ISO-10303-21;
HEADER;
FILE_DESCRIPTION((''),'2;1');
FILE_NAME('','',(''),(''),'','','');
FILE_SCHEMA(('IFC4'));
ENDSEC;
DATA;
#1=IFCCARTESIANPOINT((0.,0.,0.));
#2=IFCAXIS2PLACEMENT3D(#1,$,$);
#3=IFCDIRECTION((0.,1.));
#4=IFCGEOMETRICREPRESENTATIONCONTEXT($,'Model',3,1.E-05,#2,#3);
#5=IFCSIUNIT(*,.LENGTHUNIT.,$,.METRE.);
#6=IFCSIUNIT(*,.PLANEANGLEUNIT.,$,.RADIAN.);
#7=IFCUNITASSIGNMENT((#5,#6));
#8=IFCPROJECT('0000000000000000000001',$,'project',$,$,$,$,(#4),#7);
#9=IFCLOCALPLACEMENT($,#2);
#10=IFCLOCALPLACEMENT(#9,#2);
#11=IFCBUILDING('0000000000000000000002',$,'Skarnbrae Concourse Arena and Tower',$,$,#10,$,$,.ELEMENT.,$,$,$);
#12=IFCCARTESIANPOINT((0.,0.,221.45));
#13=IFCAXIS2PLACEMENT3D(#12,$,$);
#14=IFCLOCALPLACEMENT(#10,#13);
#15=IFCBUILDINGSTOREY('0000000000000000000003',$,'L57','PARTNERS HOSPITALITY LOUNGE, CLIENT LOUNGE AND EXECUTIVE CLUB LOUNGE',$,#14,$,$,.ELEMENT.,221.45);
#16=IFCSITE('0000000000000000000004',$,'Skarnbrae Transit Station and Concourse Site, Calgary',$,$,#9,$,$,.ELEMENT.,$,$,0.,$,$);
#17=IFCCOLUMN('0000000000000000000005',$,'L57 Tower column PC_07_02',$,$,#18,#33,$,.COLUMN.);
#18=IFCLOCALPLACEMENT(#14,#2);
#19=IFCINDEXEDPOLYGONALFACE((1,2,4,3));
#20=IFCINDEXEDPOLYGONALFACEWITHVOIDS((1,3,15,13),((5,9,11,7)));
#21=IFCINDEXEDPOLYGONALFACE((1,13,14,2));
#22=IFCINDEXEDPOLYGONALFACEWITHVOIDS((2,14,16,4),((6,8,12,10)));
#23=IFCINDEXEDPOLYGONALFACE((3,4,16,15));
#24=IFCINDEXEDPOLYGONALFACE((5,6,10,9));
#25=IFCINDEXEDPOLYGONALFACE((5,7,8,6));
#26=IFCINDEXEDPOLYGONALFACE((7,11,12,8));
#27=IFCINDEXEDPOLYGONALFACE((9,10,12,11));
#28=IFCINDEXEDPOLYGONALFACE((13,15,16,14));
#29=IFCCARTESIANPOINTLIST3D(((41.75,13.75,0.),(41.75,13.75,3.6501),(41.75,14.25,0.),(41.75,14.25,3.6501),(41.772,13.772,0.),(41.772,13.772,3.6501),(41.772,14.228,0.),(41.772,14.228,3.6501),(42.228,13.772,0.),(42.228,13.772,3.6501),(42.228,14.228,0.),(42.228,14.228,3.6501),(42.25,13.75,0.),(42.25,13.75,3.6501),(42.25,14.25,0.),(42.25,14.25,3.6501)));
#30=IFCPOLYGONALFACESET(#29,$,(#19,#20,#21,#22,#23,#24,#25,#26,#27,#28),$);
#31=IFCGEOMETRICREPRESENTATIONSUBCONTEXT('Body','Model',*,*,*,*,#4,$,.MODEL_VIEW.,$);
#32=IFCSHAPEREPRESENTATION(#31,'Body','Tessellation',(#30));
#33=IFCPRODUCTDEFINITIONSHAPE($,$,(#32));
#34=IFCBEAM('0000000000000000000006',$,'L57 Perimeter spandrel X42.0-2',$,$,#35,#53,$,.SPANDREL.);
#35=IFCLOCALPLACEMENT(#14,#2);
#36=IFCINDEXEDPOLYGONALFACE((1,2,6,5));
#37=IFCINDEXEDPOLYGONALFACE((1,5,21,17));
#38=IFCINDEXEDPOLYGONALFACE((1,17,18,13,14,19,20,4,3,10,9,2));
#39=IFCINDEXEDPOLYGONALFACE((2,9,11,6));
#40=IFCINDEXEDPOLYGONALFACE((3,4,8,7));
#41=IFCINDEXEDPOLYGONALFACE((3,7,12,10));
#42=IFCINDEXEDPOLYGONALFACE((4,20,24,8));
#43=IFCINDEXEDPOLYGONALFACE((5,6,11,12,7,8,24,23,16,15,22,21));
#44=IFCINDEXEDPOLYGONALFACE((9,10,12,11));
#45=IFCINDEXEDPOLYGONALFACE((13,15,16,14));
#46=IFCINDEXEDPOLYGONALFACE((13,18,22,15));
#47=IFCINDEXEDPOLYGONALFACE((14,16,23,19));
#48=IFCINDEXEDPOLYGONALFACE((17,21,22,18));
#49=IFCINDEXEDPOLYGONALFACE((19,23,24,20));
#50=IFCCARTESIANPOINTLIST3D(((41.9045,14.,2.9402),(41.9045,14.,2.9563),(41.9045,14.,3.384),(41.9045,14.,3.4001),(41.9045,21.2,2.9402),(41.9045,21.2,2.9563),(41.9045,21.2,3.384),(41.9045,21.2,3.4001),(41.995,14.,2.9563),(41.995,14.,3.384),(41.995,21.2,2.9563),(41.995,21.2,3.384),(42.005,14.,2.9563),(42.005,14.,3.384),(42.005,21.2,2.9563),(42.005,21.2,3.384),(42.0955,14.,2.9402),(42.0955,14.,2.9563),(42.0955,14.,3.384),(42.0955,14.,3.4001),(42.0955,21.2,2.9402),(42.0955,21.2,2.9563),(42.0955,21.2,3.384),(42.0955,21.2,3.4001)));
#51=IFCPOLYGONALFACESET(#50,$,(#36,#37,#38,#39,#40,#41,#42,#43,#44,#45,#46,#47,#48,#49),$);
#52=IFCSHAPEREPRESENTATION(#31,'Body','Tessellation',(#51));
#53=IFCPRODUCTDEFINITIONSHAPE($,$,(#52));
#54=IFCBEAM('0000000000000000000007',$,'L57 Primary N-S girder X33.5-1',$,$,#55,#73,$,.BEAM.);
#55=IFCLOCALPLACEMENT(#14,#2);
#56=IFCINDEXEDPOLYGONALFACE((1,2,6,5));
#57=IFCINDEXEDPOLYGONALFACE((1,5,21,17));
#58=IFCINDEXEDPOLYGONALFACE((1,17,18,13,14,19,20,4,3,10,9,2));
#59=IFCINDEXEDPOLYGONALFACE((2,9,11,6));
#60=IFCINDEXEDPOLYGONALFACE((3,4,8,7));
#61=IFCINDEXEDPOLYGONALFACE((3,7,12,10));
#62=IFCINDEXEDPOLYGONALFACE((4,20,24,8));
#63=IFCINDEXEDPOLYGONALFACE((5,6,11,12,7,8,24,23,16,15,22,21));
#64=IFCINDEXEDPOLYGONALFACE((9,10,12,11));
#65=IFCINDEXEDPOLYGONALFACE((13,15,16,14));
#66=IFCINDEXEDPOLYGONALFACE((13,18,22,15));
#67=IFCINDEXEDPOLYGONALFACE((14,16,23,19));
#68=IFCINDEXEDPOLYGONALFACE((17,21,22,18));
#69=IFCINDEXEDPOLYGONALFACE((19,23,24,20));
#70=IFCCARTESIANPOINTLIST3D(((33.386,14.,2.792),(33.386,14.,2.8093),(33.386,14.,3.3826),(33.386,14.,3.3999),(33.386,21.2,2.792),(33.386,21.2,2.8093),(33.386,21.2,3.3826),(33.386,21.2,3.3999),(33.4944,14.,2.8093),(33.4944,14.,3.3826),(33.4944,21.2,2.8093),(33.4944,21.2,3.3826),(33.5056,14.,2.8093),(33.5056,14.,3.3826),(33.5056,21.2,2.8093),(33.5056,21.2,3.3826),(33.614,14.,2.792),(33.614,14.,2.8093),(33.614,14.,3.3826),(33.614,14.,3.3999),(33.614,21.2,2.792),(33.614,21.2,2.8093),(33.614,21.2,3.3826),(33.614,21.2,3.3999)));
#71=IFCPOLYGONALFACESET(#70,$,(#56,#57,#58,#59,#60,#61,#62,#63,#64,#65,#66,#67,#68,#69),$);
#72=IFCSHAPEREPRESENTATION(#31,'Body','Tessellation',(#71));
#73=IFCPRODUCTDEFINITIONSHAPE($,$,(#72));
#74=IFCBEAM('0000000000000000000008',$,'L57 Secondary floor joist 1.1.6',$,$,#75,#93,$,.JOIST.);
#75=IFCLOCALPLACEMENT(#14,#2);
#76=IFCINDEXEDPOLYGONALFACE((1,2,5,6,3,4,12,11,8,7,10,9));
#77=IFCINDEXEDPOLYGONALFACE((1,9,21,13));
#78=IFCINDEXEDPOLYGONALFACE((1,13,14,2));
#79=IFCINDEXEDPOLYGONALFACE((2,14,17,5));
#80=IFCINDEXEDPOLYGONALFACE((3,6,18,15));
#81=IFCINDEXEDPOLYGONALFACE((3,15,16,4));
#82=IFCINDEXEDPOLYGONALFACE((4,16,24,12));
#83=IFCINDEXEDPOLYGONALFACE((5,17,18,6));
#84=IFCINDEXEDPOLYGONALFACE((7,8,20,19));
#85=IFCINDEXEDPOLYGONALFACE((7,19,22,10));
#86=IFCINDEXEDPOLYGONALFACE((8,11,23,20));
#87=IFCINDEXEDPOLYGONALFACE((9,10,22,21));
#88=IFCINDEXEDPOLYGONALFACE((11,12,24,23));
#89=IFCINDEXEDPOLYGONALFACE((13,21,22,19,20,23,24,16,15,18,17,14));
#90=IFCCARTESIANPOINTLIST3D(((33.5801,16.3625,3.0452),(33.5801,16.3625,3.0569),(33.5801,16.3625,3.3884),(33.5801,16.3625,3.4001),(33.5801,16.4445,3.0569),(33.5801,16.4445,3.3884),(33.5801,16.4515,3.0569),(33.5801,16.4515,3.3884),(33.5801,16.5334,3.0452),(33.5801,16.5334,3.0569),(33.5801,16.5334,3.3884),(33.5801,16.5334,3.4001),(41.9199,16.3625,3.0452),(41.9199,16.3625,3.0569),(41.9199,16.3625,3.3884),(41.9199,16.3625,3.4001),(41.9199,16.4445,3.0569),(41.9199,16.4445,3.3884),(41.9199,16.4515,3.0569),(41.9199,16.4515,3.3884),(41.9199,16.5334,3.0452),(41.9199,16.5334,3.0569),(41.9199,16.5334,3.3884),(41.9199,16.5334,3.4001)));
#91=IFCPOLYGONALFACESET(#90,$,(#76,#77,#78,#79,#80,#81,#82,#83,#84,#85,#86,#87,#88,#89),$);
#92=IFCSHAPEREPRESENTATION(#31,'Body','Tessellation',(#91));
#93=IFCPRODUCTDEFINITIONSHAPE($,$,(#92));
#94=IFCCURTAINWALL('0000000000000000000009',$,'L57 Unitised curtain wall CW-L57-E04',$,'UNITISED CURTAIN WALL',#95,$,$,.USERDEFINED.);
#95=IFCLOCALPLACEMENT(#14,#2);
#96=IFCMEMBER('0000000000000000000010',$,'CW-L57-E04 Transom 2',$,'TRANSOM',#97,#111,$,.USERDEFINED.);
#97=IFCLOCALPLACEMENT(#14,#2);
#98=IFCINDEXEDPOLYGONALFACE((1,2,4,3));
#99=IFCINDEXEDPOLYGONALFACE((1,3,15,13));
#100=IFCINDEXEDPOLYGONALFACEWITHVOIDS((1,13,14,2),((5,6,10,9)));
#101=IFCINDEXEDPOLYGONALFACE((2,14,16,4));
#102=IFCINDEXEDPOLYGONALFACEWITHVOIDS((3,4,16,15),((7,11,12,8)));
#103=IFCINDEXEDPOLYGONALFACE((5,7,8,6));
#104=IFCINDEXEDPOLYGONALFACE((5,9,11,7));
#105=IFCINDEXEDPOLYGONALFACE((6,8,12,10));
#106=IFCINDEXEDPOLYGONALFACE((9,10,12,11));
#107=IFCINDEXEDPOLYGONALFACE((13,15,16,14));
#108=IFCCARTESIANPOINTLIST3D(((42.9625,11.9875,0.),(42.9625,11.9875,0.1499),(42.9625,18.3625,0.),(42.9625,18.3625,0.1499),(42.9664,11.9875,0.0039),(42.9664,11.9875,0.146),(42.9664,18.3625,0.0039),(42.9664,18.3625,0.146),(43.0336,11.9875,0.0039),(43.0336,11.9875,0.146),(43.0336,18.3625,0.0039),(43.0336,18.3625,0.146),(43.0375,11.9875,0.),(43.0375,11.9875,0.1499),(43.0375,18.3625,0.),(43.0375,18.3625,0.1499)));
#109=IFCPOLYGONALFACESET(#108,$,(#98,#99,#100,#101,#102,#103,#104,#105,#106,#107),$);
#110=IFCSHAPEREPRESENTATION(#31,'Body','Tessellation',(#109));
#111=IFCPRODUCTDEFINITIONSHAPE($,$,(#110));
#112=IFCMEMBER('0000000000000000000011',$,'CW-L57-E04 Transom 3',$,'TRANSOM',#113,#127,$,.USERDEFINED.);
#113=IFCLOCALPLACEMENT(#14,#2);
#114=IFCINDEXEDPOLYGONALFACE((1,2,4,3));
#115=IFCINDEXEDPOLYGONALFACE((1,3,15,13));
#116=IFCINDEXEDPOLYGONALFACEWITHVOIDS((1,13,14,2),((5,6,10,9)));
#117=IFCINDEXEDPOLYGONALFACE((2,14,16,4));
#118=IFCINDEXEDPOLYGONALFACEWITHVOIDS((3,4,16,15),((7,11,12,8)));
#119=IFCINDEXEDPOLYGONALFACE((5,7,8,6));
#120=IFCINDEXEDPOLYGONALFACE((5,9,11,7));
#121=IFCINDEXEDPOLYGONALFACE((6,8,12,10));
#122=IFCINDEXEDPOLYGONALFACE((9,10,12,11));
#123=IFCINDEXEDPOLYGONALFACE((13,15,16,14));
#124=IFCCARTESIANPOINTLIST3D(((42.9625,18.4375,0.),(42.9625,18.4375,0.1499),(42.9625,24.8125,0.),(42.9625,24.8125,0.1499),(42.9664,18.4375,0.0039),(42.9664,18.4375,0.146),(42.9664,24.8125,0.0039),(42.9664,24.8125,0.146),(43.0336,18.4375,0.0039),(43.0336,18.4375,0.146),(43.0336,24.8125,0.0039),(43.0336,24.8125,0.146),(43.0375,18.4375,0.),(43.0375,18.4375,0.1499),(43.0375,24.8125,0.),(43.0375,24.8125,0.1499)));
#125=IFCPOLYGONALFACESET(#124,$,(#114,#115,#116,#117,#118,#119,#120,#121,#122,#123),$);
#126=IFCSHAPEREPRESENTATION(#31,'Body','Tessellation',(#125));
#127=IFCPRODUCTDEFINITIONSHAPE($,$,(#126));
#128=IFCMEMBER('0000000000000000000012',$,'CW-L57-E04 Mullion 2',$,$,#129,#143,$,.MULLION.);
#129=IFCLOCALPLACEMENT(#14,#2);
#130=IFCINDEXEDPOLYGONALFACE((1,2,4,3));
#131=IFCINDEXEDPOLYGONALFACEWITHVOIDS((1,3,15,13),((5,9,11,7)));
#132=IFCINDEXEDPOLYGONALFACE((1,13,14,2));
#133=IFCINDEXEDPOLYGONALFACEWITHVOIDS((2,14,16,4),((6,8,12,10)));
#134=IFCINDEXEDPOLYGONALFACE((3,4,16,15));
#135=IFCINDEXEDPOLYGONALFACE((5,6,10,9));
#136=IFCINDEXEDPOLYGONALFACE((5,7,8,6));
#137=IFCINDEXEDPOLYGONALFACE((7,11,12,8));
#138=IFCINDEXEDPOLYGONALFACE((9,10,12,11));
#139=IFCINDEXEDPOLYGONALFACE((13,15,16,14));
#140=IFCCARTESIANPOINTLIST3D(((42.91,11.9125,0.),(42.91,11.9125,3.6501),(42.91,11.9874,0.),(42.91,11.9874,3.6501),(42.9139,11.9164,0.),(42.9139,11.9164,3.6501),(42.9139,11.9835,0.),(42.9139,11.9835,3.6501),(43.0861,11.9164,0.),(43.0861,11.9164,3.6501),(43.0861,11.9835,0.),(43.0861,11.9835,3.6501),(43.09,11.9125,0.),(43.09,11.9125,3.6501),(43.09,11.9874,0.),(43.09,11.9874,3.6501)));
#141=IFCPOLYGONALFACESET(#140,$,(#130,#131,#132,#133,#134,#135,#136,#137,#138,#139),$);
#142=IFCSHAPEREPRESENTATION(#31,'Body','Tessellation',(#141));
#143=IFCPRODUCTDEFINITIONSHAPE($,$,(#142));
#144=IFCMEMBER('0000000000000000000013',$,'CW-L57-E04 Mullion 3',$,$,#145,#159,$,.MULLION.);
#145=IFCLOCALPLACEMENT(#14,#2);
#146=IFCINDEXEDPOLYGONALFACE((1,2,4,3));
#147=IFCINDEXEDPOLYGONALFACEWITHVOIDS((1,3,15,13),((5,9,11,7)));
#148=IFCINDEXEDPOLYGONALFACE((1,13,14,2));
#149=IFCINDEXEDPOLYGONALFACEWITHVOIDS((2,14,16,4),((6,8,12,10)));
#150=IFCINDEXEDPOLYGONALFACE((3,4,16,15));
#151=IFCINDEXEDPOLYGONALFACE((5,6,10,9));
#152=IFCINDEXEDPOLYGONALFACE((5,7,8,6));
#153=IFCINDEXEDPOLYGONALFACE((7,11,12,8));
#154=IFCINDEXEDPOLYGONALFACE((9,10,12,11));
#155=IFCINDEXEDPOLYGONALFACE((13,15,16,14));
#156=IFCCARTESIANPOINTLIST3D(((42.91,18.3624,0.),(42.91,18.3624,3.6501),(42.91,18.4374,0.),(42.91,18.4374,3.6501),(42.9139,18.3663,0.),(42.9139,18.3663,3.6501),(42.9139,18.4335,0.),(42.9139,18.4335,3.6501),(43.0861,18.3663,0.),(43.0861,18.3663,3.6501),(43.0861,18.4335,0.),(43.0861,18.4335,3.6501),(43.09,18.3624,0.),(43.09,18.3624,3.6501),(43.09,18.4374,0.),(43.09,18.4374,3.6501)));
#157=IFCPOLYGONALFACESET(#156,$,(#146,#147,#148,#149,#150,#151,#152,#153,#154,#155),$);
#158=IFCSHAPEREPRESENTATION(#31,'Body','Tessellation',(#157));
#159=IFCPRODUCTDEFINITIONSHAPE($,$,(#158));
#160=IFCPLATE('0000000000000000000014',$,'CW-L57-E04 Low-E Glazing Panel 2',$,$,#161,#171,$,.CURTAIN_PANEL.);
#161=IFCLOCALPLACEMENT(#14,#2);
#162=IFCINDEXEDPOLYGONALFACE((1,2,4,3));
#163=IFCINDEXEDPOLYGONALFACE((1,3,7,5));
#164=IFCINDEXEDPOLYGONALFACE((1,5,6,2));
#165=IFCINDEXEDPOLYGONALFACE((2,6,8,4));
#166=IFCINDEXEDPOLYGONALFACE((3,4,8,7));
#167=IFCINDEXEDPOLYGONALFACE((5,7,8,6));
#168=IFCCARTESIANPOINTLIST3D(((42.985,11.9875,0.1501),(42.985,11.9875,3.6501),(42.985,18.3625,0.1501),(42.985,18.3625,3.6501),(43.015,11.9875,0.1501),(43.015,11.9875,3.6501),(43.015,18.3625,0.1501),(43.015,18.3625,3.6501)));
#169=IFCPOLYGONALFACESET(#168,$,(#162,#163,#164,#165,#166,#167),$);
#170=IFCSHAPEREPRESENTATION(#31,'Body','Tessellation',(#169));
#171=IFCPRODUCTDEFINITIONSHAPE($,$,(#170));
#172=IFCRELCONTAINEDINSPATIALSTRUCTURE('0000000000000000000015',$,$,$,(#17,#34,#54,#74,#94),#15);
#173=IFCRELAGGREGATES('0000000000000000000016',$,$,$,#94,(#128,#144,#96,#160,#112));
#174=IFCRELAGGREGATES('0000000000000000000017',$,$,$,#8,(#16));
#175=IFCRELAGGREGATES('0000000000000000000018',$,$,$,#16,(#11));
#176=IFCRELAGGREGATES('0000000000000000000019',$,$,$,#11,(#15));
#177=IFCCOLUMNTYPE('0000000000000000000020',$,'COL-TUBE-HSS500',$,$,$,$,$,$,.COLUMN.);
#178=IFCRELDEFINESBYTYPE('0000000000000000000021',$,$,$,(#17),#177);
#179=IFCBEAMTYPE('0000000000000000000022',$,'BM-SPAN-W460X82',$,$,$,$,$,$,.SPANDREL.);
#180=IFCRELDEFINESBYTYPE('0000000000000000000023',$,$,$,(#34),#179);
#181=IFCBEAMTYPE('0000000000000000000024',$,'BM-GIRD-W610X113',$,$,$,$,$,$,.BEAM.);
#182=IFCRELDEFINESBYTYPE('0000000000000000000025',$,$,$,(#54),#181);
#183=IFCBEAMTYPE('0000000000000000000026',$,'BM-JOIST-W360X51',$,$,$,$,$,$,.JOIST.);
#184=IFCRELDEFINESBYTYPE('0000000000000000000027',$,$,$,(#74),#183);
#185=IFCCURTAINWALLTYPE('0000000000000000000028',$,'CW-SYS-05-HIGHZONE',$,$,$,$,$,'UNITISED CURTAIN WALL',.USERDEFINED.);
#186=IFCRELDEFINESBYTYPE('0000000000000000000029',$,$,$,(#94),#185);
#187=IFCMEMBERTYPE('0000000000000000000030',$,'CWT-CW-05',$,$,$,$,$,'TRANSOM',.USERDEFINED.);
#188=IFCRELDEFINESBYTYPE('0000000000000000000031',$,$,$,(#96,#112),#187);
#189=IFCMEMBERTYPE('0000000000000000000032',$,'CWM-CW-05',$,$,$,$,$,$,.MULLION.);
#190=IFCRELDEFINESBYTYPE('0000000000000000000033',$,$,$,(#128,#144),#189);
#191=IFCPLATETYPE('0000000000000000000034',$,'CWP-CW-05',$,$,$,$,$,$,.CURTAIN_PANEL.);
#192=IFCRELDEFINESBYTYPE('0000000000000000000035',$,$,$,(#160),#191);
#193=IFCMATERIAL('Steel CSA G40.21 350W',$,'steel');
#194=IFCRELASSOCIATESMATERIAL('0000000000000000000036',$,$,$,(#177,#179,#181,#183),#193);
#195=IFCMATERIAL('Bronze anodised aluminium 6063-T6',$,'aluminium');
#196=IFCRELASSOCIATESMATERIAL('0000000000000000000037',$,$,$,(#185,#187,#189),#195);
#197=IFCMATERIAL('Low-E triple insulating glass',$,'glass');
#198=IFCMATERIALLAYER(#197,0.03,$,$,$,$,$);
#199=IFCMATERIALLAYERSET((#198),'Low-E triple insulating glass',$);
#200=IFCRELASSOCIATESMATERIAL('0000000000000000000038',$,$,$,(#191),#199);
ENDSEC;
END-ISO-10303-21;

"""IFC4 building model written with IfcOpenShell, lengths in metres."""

from ifc_helpers import new_model, si_unit, direction, frame, origin, origin_2d, place, context, subcontext, project, spatial, rectangle, hollow_rectangle, i_section, extrude, source, transform, mapped, material, layer, layer_set, material_profile, profile_set, type_object, element, aggregate, save


model = new_model("IFC4")

# Units and contexts
model_context = context("Model", 3, precision=1e-05, world=origin(), true_north=direction((0.0, 1.0)))
body_context = subcontext(model_context, "Body", "Model", "MODEL_VIEW")
ifc_project = project(units=[si_unit("LENGTHUNIT", "METRE"), si_unit("PLANEANGLEUNIT", "RADIAN")], contexts=[model_context])

# Site, building, storey
site_placement = place(None, origin())
site = spatial("IfcSite", under=ifc_project, at=site_placement, Name="Skarnbrae Transit Station and Concourse Site, Calgary", CompositionType="ELEMENT", RefElevation=0.0)
building_placement = place(site_placement, origin())
building = spatial("IfcBuilding", under=site, at=building_placement, Name="Skarnbrae Concourse Arena and Tower", CompositionType="ELEMENT")
storey_placement = place(building_placement, frame((0.0, 0.0, 221.45)))
storey = spatial("IfcBuildingStorey", under=building, at=storey_placement, Name="L57", Description="PARTNERS HOSPITALITY LOUNGE, CLIENT LOUNGE AND EXECUTIVE CLUB LOUNGE", CompositionType="ELEMENT", Elevation=221.45)

# Column
ifc_material_1 = material(Name="Steel CSA G40.21 350W", Category="steel")
ifc_material_profile_1 = material_profile(ifc_material_1, hollow_rectangle(XDim=0.5, YDim=0.5, WallThickness=0.022, at=origin_2d()), Name="HSS500X500X22.0")
ifc_profile_set_1 = profile_set([ifc_material_profile_1], Name="Steel CSA G40.21 350W")
column_type = type_object("IfcColumnType", Name="COL-TUBE-HSS500", PredefinedType="COLUMN", material=ifc_profile_set_1)
shared_shape_1 = source(origin(), body_context, "Body", "SweptSolid", [
    extrude(hollow_rectangle(XDim=0.5, YDim=0.5, WallThickness=0.022, at=origin_2d()), origin(), (0.0, 0.0, 1.0), 3.6501),
])
column_placement = place(storey_placement, frame((42.0, 14.0, 0.0), z_axis=(0.0, 0.0, 1.0), x_axis=(1.0, 0.0, 0.0)))
element("IfcColumn", 1, at=column_placement, inside=storey, type_object=column_type, Name="L57 Tower column PC_07_02", PredefinedType="COLUMN", context=body_context, shape_type="MappedRepresentation", body=[
    mapped(shared_shape_1, transform((0.0, 0.0, 0.0))),
])

# Beams
ifc_material_profile_2 = material_profile(ifc_material_1, i_section(OverallWidth=0.1909, OverallDepth=0.46, WebThickness=0.01, FlangeThickness=0.0161, at=origin_2d()), Name="W460X82")
ifc_profile_set_2 = profile_set([ifc_material_profile_2], Name="Steel CSA G40.21 350W")
beam_type_1 = type_object("IfcBeamType", Name="BM-SPAN-W460X82", PredefinedType="SPANDREL", material=ifc_profile_set_2)
shared_shape_2 = source(origin(), body_context, "Body", "SweptSolid", [
    extrude(i_section(OverallWidth=0.1909, OverallDepth=0.46, WebThickness=0.01, FlangeThickness=0.0161, at=origin_2d()), origin(), (0.0, 0.0, 1.0), 7.2),
])
beam_1_placement = place(storey_placement, frame((42.0, 14.0, 3.1702), z_axis=(0.0, 1.0, 0.0), x_axis=(-1.0, 0.0, 0.0)))
element("IfcBeam", 2, at=beam_1_placement, inside=storey, type_object=beam_type_1, Name="L57 Perimeter spandrel X42.0-2", PredefinedType="SPANDREL", context=body_context, shape_type="MappedRepresentation", body=[
    mapped(shared_shape_2, transform((0.0, 0.0, 0.0))),
])
ifc_material_profile_3 = material_profile(ifc_material_1, i_section(OverallWidth=0.228, OverallDepth=0.6079, WebThickness=0.0112, FlangeThickness=0.0173, at=origin_2d()), Name="W610X113")
ifc_profile_set_3 = profile_set([ifc_material_profile_3], Name="Steel CSA G40.21 350W")
beam_type_2 = type_object("IfcBeamType", Name="BM-GIRD-W610X113", PredefinedType="BEAM", material=ifc_profile_set_3)
shared_shape_3 = source(origin(), body_context, "Body", "SweptSolid", [
    extrude(i_section(OverallWidth=0.228, OverallDepth=0.6079, WebThickness=0.0112, FlangeThickness=0.0173, at=origin_2d()), origin(), (0.0, 0.0, 1.0), 7.2),
])
beam_2_placement = place(storey_placement, frame((33.5, 14.0, 3.0959), z_axis=(0.0, 1.0, 0.0), x_axis=(-1.0, 0.0, 0.0)))
element("IfcBeam", 3, at=beam_2_placement, inside=storey, type_object=beam_type_2, Name="L57 Primary N-S girder X33.5-1", PredefinedType="BEAM", context=body_context, shape_type="MappedRepresentation", body=[
    mapped(shared_shape_3, transform((0.0, 0.0, 0.0))),
])
ifc_material_profile_4 = material_profile(ifc_material_1, i_section(OverallWidth=0.1709, OverallDepth=0.355, WebThickness=0.0071, FlangeThickness=0.0117, at=origin_2d()), Name="W360X51")
ifc_profile_set_4 = profile_set([ifc_material_profile_4], Name="Steel CSA G40.21 350W")
beam_type_3 = type_object("IfcBeamType", Name="BM-JOIST-W360X51", PredefinedType="JOIST", material=ifc_profile_set_4)
shared_shape_4 = source(origin(), body_context, "Body", "SweptSolid", [
    extrude(i_section(OverallWidth=0.1709, OverallDepth=0.355, WebThickness=0.0071, FlangeThickness=0.0117, at=origin_2d()), origin(), (0.0, 0.0, 1.0), 8.3398),
])
beam_3_placement = place(storey_placement, frame((33.5801, 16.448, 3.2227), z_axis=(1.0, 0.0, 0.0), x_axis=(0.0, 1.0, 0.0)))
element("IfcBeam", 4, at=beam_3_placement, inside=storey, type_object=beam_type_3, Name="L57 Secondary floor joist 1.1.6", PredefinedType="JOIST", context=body_context, shape_type="MappedRepresentation", body=[
    mapped(shared_shape_4, transform((0.0, 0.0, 0.0))),
])

# Curtain wall, members, plate
ifc_material_2 = material(Name="Bronze anodised aluminium 6063-T6", Category="aluminium")
curtain_wall_type = type_object("IfcCurtainWallType", Name="CW-SYS-05-HIGHZONE", ElementType="UNITISED CURTAIN WALL", PredefinedType="USERDEFINED", material=ifc_material_2)
curtain_wall_placement = place(storey_placement, origin())
curtain_wall = element("IfcCurtainWall", 5, at=curtain_wall_placement, inside=storey, type_object=curtain_wall_type, Name="L57 Unitised curtain wall CW-L57-E04", ObjectType="UNITISED CURTAIN WALL", PredefinedType="USERDEFINED")
ifc_material_profile_5 = material_profile(ifc_material_2, hollow_rectangle(XDim=0.075, YDim=0.1499, WallThickness=0.0039, at=origin_2d()), Name="ALU-TRAN-75X150")
ifc_profile_set_5 = profile_set([ifc_material_profile_5], Name="Bronze anodised aluminium 6063-T6")
member_type_1 = type_object("IfcMemberType", Name="CWT-CW-05", ElementType="TRANSOM", PredefinedType="USERDEFINED", material=ifc_profile_set_5)
shared_shape_5 = source(origin(), body_context, "Body", "SweptSolid", [
    extrude(hollow_rectangle(XDim=0.075, YDim=0.1499, WallThickness=0.0039, at=origin_2d()), origin(), (0.0, 0.0, 1.0), 6.375),
])
member_1_placement = place(storey_placement, frame((43.0, 11.9875, 0.075), z_axis=(0.0, 1.0, 0.0), x_axis=(-1.0, 0.0, 0.0)))
member_1 = element("IfcMember", 6, at=member_1_placement, type_object=member_type_1, Name="CW-L57-E04 Transom 2", ObjectType="TRANSOM", PredefinedType="USERDEFINED", context=body_context, shape_type="MappedRepresentation", body=[
    mapped(shared_shape_5, transform((0.0, 0.0, 0.0))),
])
member_2_placement = place(storey_placement, frame((43.0, 18.4375, 0.075), z_axis=(0.0, 1.0, 0.0), x_axis=(-1.0, 0.0, 0.0)))
member_2 = element("IfcMember", 7, at=member_2_placement, type_object=member_type_1, Name="CW-L57-E04 Transom 3", ObjectType="TRANSOM", PredefinedType="USERDEFINED", context=body_context, shape_type="MappedRepresentation", body=[
    mapped(shared_shape_5, transform((0.0, 0.0, 0.0))),
])
ifc_material_profile_6 = material_profile(ifc_material_2, hollow_rectangle(XDim=0.075, YDim=0.1799, WallThickness=0.0039, at=origin_2d()), Name="ALU-MULL-75X180")
ifc_profile_set_6 = profile_set([ifc_material_profile_6], Name="Bronze anodised aluminium 6063-T6")
member_type_2 = type_object("IfcMemberType", Name="CWM-CW-05", PredefinedType="MULLION", material=ifc_profile_set_6)
shared_shape_6 = source(origin(), body_context, "Body", "SweptSolid", [
    extrude(hollow_rectangle(XDim=0.075, YDim=0.1799, WallThickness=0.0039, at=origin_2d()), origin(), (0.0, 0.0, 1.0), 3.6501),
])
member_3_placement = place(storey_placement, frame((43.0, 11.95, 0.0), z_axis=(0.0, 0.0, 1.0), x_axis=(0.0, 1.0, 0.0)))
member_3 = element("IfcMember", 8, at=member_3_placement, type_object=member_type_2, Name="CW-L57-E04 Mullion 2", PredefinedType="MULLION", context=body_context, shape_type="MappedRepresentation", body=[
    mapped(shared_shape_6, transform((0.0, 0.0, 0.0))),
])
member_4_placement = place(storey_placement, frame((43.0, 18.3999, 0.0), z_axis=(0.0, 0.0, 1.0), x_axis=(0.0, 1.0, 0.0)))
member_4 = element("IfcMember", 9, at=member_4_placement, type_object=member_type_2, Name="CW-L57-E04 Mullion 3", PredefinedType="MULLION", context=body_context, shape_type="MappedRepresentation", body=[
    mapped(shared_shape_6, transform((0.0, 0.0, 0.0))),
])
ifc_material_3 = material(Name="Low-E triple insulating glass", Category="glass")
ifc_layer_1 = layer(ifc_material_3, 0.03)
ifc_layer_set_1 = layer_set([ifc_layer_1], Name="Low-E triple insulating glass")
plate_type = type_object("IfcPlateType", Name="CWP-CW-05", PredefinedType="CURTAIN_PANEL", material=ifc_layer_set_1)
shared_shape_7 = source(origin(), body_context, "Body", "SweptSolid", [
    extrude(rectangle(XDim=6.375, YDim=0.03, at=origin_2d()), origin(), (0.0, 0.0, 1.0), 3.5),
])
plate_placement = place(storey_placement, frame((43.0, 15.175, 0.1501), z_axis=(0.0, 0.0, 1.0), x_axis=(0.0, 1.0, 0.0)))
plate = element("IfcPlate", 10, at=plate_placement, type_object=plate_type, Name="CW-L57-E04 Low-E Glazing Panel 2", PredefinedType="CURTAIN_PANEL", context=body_context, shape_type="MappedRepresentation", body=[
    mapped(shared_shape_7, transform((0.0, 0.0, 0.0))),
])
aggregate(curtain_wall, [member_3, member_4, member_1, plate, member_2])

save(model, "model.ifc")
